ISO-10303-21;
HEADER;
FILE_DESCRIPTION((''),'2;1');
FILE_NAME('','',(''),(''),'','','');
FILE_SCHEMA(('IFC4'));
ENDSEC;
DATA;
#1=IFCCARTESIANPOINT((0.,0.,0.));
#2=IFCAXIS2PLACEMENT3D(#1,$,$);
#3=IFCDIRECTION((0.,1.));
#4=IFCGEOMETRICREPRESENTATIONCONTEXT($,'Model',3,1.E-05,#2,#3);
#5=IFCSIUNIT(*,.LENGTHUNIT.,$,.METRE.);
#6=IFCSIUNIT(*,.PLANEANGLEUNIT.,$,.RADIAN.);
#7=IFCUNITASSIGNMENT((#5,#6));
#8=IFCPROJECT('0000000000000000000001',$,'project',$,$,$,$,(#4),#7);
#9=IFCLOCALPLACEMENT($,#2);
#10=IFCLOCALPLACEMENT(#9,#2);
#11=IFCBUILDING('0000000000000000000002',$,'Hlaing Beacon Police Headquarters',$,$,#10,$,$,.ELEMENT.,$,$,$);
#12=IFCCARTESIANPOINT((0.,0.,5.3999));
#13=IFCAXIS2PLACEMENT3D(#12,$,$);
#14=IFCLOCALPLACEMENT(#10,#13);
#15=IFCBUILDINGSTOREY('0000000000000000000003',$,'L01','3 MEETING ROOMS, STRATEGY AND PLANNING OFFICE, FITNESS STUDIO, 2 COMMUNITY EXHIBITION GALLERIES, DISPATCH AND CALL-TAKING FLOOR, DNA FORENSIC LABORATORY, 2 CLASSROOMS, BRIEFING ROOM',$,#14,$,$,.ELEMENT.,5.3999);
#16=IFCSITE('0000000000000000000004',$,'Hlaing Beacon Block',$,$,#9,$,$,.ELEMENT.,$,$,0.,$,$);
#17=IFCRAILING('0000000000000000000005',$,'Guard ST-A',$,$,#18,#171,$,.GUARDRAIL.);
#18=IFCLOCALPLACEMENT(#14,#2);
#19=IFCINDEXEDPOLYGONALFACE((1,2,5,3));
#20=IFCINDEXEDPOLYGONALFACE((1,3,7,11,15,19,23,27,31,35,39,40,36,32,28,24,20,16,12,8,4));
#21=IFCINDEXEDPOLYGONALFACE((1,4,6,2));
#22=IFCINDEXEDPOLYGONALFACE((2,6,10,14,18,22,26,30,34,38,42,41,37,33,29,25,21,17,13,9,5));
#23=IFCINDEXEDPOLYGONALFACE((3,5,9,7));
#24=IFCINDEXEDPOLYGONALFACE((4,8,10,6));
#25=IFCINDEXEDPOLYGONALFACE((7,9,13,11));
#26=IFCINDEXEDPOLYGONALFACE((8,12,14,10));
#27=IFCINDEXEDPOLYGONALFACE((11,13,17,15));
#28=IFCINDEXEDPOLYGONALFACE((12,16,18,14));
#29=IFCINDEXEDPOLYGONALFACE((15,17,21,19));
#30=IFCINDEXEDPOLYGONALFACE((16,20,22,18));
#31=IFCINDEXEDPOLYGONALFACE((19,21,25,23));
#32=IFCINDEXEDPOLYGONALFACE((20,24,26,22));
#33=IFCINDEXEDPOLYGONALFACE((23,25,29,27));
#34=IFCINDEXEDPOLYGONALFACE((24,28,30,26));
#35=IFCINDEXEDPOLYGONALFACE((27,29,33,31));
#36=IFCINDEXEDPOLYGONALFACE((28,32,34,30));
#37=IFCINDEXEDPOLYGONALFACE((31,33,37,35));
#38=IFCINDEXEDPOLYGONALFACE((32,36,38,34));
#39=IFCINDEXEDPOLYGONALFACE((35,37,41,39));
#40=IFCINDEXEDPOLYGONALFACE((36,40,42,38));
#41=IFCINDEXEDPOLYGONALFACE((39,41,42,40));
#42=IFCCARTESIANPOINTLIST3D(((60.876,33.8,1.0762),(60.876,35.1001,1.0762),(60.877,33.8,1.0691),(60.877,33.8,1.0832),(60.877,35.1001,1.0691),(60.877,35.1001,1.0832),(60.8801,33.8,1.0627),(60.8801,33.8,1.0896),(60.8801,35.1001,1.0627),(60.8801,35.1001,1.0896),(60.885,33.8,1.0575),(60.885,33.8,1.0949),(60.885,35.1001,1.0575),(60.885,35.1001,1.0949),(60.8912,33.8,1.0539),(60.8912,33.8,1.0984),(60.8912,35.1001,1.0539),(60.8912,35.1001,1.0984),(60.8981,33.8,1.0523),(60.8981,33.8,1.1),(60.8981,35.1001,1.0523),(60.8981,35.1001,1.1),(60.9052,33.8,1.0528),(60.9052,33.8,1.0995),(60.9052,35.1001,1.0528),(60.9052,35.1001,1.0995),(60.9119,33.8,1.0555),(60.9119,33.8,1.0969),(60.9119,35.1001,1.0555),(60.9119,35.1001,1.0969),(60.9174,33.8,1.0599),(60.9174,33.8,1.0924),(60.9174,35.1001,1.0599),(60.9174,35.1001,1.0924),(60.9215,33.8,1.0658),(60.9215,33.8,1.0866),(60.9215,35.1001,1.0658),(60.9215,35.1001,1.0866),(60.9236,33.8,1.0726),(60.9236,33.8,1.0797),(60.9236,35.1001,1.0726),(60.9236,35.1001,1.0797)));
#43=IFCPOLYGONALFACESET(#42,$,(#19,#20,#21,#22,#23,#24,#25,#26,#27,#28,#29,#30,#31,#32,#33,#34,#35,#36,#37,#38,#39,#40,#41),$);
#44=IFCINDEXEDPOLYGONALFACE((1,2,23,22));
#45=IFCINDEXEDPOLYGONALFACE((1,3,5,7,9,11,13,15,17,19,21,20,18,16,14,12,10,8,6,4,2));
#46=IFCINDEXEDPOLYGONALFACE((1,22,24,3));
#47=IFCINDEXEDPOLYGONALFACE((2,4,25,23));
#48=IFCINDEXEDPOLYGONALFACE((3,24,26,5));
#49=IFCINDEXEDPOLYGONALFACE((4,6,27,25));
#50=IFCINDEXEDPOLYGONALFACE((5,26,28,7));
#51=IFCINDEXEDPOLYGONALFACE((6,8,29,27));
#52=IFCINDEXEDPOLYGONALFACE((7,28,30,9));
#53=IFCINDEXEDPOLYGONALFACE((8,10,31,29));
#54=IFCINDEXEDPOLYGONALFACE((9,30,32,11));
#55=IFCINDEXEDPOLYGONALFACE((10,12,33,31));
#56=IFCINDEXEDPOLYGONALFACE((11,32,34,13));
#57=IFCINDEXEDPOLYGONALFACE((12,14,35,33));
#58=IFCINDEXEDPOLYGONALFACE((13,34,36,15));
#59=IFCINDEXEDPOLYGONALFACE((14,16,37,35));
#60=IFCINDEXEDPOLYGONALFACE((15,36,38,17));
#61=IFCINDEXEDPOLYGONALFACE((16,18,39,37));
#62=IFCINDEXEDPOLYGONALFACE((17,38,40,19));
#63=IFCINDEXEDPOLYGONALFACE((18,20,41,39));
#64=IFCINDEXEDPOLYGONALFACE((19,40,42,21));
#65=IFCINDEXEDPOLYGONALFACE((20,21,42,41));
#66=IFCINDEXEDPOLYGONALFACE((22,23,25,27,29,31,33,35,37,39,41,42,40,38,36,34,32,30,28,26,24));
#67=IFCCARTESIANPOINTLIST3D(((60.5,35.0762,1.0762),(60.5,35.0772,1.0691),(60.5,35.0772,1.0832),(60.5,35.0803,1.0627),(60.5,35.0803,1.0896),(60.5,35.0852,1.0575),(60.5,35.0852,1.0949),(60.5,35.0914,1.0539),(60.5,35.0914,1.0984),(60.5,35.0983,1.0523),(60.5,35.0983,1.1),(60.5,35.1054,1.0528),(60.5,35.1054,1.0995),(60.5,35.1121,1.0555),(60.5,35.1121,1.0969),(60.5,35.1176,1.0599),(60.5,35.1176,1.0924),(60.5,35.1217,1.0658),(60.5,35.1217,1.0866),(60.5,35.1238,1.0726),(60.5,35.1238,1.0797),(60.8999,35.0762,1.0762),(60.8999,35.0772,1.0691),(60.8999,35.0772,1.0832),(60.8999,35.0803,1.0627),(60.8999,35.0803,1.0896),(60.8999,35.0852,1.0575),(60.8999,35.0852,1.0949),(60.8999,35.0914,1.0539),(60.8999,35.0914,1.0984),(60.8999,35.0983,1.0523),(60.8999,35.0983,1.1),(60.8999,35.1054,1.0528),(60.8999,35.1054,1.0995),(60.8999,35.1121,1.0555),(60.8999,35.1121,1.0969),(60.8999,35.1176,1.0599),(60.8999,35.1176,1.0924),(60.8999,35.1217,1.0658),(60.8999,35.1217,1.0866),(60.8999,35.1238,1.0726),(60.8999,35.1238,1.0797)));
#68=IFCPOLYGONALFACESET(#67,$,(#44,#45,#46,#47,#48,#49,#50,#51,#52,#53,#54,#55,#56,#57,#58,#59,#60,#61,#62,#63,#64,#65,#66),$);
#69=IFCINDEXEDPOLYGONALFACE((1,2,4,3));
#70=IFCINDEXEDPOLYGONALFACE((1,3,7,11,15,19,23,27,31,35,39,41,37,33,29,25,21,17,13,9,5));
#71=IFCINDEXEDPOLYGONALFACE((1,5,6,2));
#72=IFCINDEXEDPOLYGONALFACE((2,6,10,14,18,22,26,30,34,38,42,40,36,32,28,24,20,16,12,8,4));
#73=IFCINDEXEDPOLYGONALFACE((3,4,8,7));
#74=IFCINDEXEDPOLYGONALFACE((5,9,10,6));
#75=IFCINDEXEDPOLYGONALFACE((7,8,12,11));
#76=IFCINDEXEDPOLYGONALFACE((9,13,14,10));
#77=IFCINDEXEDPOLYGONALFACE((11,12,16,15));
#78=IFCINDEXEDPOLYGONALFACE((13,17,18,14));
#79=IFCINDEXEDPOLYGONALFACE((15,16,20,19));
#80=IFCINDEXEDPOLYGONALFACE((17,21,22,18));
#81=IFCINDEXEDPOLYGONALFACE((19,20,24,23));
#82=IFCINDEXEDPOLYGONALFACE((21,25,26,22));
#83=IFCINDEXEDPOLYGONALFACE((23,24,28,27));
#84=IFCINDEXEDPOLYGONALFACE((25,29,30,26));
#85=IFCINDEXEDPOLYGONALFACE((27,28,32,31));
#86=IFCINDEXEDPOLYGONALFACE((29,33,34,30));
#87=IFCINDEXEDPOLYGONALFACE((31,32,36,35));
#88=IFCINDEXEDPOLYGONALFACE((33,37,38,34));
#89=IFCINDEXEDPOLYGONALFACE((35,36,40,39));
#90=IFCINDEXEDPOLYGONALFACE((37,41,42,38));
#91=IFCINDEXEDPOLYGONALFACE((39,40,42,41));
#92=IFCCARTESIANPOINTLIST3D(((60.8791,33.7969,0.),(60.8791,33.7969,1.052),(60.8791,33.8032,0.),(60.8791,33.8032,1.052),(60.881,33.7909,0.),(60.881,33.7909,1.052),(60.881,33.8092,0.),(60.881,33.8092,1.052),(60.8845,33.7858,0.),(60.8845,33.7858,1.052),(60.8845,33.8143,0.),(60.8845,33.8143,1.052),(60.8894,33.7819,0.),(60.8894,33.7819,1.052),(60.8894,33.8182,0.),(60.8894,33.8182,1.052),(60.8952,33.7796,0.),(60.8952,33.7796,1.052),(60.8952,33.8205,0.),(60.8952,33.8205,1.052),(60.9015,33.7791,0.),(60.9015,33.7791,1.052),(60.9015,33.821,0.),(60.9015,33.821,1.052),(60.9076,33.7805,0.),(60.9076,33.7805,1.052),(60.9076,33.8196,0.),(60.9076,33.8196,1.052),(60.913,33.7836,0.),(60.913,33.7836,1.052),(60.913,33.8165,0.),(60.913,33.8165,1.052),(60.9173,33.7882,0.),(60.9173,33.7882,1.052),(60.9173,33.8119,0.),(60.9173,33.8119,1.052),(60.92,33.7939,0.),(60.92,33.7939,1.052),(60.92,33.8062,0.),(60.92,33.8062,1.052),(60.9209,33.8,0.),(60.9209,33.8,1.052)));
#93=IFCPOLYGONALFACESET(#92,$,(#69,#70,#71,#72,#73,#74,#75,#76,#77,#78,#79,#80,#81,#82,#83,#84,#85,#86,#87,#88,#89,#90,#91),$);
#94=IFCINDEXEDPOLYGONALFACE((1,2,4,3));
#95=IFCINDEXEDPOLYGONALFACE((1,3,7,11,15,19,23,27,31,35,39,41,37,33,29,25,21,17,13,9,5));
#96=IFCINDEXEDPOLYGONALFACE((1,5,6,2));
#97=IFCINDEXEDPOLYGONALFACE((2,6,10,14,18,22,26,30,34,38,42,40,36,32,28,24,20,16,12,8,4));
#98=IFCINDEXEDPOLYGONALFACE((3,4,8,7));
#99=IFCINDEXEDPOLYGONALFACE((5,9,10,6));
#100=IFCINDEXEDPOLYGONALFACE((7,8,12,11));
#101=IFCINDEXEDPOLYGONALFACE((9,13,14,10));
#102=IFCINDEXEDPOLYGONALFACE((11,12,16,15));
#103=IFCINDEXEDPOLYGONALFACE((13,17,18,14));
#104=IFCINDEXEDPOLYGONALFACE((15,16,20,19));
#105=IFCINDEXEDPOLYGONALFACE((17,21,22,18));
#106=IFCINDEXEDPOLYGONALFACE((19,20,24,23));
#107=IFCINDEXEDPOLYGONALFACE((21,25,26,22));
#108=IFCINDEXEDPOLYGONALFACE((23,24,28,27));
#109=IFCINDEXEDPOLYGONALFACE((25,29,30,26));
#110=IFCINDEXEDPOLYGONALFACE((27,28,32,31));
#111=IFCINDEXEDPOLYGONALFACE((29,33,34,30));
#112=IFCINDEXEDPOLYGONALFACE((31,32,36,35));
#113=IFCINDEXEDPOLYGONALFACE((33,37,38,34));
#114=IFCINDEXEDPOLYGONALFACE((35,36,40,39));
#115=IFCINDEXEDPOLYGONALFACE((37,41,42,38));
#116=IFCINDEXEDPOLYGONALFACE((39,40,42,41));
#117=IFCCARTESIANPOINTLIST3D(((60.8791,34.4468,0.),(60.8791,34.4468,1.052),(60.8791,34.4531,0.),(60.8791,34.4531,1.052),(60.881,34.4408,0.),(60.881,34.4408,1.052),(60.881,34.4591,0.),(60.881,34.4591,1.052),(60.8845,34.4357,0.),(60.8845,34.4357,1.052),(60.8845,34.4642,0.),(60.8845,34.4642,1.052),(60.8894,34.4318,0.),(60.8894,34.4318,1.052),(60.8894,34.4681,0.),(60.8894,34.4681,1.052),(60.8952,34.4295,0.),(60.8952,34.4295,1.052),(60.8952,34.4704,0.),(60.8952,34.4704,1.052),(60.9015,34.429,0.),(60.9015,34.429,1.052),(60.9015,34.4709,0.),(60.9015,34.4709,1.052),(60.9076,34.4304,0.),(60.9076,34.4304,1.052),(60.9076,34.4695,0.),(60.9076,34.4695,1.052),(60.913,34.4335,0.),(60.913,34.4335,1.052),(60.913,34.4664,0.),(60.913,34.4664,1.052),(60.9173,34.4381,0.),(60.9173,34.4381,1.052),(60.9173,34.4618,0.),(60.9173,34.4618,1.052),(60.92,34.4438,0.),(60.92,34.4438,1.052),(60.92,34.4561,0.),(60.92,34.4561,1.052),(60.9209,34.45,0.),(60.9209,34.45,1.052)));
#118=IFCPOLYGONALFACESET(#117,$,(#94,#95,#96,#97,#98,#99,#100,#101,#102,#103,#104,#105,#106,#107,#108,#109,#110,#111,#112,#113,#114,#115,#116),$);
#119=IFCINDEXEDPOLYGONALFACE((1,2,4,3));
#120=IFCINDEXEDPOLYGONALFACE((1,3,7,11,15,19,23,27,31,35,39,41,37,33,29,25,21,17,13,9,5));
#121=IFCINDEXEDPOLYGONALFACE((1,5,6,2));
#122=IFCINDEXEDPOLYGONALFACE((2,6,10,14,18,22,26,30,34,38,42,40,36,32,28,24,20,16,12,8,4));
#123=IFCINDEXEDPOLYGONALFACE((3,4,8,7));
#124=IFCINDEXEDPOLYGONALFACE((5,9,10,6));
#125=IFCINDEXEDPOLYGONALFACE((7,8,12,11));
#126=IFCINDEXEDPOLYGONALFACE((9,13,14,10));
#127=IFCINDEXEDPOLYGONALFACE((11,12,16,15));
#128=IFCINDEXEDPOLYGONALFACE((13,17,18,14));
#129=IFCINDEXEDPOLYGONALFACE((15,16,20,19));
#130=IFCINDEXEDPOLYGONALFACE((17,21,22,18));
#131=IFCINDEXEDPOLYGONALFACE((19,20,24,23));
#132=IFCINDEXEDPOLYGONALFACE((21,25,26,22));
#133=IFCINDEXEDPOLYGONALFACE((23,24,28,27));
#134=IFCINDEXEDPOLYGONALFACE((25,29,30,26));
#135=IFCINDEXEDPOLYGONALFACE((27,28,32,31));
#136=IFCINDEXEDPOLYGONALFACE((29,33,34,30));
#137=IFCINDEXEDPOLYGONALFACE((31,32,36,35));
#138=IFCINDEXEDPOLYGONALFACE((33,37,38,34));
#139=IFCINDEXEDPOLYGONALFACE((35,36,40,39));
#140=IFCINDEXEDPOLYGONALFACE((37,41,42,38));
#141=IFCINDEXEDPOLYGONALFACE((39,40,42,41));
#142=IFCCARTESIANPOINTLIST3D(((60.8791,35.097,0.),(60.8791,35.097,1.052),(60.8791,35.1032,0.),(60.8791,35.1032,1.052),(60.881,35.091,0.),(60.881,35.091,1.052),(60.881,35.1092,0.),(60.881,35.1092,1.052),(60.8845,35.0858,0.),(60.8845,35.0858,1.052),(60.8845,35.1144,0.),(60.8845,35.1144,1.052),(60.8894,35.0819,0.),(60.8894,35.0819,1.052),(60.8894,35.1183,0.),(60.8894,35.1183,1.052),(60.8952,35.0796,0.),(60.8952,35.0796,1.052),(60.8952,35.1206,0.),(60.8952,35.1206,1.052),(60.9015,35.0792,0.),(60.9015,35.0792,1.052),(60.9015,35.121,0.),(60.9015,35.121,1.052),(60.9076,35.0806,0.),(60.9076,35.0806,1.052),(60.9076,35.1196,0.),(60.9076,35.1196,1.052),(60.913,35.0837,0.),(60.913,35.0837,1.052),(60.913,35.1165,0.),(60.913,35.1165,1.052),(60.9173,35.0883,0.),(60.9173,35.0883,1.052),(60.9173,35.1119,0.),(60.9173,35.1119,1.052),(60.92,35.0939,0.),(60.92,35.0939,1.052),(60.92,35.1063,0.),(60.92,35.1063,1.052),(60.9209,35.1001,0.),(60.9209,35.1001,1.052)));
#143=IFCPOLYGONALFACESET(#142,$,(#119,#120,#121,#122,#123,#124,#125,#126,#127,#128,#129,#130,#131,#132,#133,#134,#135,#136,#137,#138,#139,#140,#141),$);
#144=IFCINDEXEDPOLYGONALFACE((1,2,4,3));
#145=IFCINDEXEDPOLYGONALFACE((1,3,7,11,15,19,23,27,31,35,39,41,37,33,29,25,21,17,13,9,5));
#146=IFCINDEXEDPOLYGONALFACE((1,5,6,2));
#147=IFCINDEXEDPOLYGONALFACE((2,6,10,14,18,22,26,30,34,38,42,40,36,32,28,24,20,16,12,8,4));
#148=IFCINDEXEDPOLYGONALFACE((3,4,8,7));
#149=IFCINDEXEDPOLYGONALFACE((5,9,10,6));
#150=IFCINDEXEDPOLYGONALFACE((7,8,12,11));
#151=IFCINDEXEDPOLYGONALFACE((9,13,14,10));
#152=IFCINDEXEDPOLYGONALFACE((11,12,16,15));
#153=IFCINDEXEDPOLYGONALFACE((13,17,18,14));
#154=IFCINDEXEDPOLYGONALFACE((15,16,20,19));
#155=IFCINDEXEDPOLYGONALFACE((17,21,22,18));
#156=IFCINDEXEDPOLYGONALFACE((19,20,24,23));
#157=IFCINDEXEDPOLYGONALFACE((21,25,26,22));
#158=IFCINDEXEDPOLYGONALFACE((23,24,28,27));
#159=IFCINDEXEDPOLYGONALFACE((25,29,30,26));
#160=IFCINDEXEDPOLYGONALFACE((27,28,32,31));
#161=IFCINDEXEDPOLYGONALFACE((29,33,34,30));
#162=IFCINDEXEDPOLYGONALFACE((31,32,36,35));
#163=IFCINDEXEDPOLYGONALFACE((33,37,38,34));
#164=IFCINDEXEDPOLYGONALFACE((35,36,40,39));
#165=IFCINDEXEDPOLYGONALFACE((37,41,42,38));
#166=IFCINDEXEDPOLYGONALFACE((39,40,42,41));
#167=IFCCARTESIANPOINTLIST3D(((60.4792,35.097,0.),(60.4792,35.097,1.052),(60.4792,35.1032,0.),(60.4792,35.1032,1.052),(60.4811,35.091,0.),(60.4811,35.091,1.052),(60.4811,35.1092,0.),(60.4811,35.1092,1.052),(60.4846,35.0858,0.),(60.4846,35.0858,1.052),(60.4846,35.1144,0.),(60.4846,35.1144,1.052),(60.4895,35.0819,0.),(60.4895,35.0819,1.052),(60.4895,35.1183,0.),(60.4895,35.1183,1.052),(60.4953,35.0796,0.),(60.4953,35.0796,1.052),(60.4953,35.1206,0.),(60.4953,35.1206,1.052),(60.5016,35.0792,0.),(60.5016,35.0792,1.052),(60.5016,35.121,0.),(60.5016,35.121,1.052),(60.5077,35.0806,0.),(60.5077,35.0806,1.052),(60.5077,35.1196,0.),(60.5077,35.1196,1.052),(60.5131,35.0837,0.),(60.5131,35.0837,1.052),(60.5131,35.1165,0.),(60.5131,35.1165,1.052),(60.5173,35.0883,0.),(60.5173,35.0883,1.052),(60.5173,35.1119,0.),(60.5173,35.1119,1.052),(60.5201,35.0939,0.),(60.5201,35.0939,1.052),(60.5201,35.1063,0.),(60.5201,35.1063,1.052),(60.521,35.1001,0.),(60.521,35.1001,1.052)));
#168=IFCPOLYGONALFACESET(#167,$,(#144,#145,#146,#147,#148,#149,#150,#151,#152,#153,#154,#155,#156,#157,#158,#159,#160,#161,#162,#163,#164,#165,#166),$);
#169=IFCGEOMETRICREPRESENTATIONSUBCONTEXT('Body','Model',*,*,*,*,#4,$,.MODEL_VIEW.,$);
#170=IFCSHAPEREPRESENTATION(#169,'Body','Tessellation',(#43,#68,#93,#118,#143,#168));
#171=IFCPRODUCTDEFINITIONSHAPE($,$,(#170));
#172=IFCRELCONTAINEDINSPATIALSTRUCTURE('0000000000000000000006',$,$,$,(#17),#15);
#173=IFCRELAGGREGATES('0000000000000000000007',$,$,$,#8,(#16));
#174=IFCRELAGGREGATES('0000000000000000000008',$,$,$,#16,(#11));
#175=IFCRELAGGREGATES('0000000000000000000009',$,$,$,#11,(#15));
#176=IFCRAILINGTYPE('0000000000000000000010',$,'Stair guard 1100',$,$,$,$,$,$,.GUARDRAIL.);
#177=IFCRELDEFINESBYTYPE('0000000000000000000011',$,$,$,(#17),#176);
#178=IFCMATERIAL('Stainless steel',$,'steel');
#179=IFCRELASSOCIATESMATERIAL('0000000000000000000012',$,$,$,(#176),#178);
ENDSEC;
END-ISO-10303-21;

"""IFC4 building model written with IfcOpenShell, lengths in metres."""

from ifc_helpers import new_model, si_unit, direction, frame, origin, origin_2d, place, context, subcontext, project, spatial, circle, extrude, material, type_object, element, save


model = new_model("IFC4")

# Units and contexts
model_context = context("Model", 3, precision=1e-05, world=origin(), true_north=direction((0.0, 1.0)))
body_context = subcontext(model_context, "Body", "Model", "MODEL_VIEW")
ifc_project = project(units=[si_unit("LENGTHUNIT", "METRE"), si_unit("PLANEANGLEUNIT", "RADIAN")], contexts=[model_context])

# Site, building, storey
site_placement = place(None, origin())
site = spatial("IfcSite", under=ifc_project, at=site_placement, Name="Hlaing Beacon Block", CompositionType="ELEMENT", RefElevation=0.0)
building_placement = place(site_placement, origin())
building = spatial("IfcBuilding", under=site, at=building_placement, Name="Hlaing Beacon Police Headquarters", CompositionType="ELEMENT")
storey_placement = place(building_placement, frame((0.0, 0.0, 5.3999)))
storey = spatial("IfcBuildingStorey", under=building, at=storey_placement, Name="L01", Description="3 MEETING ROOMS, STRATEGY AND PLANNING OFFICE, FITNESS STUDIO, 2 COMMUNITY EXHIBITION GALLERIES, DISPATCH AND CALL-TAKING FLOOR, DNA FORENSIC LABORATORY, 2 CLASSROOMS, BRIEFING ROOM", CompositionType="ELEMENT", Elevation=5.3999)

# Railing
ifc_material_1 = material(Name="Stainless steel", Category="steel")
railing_type_1 = type_object("IfcRailingType", Name="Stair guard 1100", PredefinedType="GUARDRAIL", material=ifc_material_1)
railing_1_placement = place(storey_placement, frame((60.8999, 33.8, 0.0)))
element("IfcRailing", 1, at=railing_1_placement, inside=storey, type_object=railing_type_1, Name="Guard ST-A", PredefinedType="GUARDRAIL", context=body_context, shape_type="SweptSolid", body=[
    extrude(circle(Radius=0.0239, at=origin_2d()), frame((0.0, 0.0, 1.0762), z_axis=(0.0, 1.0, 0.0), x_axis=(-1.0, 0.0, 0.0)), (0.0, 0.0, 1.0), 1.3),
    extrude(circle(Radius=0.0239, at=origin_2d()), frame((0.0, 1.3, 1.0762), z_axis=(-1.0, 0.0, 0.0), x_axis=(0.0, -1.0, 0.0)), (0.0, 0.0, 1.0), 0.3999),
    extrude(circle(Radius=0.021, at=origin_2d()), origin(), (0.0, 0.0, 1.0), 1.052),
    extrude(circle(Radius=0.021, at=origin_2d()), frame((0.0, 0.6499, 0.0)), (0.0, 0.0, 1.0), 1.052),
    extrude(circle(Radius=0.021, at=origin_2d()), frame((0.0, 1.3, 0.0)), (0.0, 0.0, 1.0), 1.052),
    extrude(circle(Radius=0.021, at=origin_2d()), frame((-0.3999, 1.3, 0.0)), (0.0, 0.0, 1.0), 1.052),
])

save(model, "model.ifc")
